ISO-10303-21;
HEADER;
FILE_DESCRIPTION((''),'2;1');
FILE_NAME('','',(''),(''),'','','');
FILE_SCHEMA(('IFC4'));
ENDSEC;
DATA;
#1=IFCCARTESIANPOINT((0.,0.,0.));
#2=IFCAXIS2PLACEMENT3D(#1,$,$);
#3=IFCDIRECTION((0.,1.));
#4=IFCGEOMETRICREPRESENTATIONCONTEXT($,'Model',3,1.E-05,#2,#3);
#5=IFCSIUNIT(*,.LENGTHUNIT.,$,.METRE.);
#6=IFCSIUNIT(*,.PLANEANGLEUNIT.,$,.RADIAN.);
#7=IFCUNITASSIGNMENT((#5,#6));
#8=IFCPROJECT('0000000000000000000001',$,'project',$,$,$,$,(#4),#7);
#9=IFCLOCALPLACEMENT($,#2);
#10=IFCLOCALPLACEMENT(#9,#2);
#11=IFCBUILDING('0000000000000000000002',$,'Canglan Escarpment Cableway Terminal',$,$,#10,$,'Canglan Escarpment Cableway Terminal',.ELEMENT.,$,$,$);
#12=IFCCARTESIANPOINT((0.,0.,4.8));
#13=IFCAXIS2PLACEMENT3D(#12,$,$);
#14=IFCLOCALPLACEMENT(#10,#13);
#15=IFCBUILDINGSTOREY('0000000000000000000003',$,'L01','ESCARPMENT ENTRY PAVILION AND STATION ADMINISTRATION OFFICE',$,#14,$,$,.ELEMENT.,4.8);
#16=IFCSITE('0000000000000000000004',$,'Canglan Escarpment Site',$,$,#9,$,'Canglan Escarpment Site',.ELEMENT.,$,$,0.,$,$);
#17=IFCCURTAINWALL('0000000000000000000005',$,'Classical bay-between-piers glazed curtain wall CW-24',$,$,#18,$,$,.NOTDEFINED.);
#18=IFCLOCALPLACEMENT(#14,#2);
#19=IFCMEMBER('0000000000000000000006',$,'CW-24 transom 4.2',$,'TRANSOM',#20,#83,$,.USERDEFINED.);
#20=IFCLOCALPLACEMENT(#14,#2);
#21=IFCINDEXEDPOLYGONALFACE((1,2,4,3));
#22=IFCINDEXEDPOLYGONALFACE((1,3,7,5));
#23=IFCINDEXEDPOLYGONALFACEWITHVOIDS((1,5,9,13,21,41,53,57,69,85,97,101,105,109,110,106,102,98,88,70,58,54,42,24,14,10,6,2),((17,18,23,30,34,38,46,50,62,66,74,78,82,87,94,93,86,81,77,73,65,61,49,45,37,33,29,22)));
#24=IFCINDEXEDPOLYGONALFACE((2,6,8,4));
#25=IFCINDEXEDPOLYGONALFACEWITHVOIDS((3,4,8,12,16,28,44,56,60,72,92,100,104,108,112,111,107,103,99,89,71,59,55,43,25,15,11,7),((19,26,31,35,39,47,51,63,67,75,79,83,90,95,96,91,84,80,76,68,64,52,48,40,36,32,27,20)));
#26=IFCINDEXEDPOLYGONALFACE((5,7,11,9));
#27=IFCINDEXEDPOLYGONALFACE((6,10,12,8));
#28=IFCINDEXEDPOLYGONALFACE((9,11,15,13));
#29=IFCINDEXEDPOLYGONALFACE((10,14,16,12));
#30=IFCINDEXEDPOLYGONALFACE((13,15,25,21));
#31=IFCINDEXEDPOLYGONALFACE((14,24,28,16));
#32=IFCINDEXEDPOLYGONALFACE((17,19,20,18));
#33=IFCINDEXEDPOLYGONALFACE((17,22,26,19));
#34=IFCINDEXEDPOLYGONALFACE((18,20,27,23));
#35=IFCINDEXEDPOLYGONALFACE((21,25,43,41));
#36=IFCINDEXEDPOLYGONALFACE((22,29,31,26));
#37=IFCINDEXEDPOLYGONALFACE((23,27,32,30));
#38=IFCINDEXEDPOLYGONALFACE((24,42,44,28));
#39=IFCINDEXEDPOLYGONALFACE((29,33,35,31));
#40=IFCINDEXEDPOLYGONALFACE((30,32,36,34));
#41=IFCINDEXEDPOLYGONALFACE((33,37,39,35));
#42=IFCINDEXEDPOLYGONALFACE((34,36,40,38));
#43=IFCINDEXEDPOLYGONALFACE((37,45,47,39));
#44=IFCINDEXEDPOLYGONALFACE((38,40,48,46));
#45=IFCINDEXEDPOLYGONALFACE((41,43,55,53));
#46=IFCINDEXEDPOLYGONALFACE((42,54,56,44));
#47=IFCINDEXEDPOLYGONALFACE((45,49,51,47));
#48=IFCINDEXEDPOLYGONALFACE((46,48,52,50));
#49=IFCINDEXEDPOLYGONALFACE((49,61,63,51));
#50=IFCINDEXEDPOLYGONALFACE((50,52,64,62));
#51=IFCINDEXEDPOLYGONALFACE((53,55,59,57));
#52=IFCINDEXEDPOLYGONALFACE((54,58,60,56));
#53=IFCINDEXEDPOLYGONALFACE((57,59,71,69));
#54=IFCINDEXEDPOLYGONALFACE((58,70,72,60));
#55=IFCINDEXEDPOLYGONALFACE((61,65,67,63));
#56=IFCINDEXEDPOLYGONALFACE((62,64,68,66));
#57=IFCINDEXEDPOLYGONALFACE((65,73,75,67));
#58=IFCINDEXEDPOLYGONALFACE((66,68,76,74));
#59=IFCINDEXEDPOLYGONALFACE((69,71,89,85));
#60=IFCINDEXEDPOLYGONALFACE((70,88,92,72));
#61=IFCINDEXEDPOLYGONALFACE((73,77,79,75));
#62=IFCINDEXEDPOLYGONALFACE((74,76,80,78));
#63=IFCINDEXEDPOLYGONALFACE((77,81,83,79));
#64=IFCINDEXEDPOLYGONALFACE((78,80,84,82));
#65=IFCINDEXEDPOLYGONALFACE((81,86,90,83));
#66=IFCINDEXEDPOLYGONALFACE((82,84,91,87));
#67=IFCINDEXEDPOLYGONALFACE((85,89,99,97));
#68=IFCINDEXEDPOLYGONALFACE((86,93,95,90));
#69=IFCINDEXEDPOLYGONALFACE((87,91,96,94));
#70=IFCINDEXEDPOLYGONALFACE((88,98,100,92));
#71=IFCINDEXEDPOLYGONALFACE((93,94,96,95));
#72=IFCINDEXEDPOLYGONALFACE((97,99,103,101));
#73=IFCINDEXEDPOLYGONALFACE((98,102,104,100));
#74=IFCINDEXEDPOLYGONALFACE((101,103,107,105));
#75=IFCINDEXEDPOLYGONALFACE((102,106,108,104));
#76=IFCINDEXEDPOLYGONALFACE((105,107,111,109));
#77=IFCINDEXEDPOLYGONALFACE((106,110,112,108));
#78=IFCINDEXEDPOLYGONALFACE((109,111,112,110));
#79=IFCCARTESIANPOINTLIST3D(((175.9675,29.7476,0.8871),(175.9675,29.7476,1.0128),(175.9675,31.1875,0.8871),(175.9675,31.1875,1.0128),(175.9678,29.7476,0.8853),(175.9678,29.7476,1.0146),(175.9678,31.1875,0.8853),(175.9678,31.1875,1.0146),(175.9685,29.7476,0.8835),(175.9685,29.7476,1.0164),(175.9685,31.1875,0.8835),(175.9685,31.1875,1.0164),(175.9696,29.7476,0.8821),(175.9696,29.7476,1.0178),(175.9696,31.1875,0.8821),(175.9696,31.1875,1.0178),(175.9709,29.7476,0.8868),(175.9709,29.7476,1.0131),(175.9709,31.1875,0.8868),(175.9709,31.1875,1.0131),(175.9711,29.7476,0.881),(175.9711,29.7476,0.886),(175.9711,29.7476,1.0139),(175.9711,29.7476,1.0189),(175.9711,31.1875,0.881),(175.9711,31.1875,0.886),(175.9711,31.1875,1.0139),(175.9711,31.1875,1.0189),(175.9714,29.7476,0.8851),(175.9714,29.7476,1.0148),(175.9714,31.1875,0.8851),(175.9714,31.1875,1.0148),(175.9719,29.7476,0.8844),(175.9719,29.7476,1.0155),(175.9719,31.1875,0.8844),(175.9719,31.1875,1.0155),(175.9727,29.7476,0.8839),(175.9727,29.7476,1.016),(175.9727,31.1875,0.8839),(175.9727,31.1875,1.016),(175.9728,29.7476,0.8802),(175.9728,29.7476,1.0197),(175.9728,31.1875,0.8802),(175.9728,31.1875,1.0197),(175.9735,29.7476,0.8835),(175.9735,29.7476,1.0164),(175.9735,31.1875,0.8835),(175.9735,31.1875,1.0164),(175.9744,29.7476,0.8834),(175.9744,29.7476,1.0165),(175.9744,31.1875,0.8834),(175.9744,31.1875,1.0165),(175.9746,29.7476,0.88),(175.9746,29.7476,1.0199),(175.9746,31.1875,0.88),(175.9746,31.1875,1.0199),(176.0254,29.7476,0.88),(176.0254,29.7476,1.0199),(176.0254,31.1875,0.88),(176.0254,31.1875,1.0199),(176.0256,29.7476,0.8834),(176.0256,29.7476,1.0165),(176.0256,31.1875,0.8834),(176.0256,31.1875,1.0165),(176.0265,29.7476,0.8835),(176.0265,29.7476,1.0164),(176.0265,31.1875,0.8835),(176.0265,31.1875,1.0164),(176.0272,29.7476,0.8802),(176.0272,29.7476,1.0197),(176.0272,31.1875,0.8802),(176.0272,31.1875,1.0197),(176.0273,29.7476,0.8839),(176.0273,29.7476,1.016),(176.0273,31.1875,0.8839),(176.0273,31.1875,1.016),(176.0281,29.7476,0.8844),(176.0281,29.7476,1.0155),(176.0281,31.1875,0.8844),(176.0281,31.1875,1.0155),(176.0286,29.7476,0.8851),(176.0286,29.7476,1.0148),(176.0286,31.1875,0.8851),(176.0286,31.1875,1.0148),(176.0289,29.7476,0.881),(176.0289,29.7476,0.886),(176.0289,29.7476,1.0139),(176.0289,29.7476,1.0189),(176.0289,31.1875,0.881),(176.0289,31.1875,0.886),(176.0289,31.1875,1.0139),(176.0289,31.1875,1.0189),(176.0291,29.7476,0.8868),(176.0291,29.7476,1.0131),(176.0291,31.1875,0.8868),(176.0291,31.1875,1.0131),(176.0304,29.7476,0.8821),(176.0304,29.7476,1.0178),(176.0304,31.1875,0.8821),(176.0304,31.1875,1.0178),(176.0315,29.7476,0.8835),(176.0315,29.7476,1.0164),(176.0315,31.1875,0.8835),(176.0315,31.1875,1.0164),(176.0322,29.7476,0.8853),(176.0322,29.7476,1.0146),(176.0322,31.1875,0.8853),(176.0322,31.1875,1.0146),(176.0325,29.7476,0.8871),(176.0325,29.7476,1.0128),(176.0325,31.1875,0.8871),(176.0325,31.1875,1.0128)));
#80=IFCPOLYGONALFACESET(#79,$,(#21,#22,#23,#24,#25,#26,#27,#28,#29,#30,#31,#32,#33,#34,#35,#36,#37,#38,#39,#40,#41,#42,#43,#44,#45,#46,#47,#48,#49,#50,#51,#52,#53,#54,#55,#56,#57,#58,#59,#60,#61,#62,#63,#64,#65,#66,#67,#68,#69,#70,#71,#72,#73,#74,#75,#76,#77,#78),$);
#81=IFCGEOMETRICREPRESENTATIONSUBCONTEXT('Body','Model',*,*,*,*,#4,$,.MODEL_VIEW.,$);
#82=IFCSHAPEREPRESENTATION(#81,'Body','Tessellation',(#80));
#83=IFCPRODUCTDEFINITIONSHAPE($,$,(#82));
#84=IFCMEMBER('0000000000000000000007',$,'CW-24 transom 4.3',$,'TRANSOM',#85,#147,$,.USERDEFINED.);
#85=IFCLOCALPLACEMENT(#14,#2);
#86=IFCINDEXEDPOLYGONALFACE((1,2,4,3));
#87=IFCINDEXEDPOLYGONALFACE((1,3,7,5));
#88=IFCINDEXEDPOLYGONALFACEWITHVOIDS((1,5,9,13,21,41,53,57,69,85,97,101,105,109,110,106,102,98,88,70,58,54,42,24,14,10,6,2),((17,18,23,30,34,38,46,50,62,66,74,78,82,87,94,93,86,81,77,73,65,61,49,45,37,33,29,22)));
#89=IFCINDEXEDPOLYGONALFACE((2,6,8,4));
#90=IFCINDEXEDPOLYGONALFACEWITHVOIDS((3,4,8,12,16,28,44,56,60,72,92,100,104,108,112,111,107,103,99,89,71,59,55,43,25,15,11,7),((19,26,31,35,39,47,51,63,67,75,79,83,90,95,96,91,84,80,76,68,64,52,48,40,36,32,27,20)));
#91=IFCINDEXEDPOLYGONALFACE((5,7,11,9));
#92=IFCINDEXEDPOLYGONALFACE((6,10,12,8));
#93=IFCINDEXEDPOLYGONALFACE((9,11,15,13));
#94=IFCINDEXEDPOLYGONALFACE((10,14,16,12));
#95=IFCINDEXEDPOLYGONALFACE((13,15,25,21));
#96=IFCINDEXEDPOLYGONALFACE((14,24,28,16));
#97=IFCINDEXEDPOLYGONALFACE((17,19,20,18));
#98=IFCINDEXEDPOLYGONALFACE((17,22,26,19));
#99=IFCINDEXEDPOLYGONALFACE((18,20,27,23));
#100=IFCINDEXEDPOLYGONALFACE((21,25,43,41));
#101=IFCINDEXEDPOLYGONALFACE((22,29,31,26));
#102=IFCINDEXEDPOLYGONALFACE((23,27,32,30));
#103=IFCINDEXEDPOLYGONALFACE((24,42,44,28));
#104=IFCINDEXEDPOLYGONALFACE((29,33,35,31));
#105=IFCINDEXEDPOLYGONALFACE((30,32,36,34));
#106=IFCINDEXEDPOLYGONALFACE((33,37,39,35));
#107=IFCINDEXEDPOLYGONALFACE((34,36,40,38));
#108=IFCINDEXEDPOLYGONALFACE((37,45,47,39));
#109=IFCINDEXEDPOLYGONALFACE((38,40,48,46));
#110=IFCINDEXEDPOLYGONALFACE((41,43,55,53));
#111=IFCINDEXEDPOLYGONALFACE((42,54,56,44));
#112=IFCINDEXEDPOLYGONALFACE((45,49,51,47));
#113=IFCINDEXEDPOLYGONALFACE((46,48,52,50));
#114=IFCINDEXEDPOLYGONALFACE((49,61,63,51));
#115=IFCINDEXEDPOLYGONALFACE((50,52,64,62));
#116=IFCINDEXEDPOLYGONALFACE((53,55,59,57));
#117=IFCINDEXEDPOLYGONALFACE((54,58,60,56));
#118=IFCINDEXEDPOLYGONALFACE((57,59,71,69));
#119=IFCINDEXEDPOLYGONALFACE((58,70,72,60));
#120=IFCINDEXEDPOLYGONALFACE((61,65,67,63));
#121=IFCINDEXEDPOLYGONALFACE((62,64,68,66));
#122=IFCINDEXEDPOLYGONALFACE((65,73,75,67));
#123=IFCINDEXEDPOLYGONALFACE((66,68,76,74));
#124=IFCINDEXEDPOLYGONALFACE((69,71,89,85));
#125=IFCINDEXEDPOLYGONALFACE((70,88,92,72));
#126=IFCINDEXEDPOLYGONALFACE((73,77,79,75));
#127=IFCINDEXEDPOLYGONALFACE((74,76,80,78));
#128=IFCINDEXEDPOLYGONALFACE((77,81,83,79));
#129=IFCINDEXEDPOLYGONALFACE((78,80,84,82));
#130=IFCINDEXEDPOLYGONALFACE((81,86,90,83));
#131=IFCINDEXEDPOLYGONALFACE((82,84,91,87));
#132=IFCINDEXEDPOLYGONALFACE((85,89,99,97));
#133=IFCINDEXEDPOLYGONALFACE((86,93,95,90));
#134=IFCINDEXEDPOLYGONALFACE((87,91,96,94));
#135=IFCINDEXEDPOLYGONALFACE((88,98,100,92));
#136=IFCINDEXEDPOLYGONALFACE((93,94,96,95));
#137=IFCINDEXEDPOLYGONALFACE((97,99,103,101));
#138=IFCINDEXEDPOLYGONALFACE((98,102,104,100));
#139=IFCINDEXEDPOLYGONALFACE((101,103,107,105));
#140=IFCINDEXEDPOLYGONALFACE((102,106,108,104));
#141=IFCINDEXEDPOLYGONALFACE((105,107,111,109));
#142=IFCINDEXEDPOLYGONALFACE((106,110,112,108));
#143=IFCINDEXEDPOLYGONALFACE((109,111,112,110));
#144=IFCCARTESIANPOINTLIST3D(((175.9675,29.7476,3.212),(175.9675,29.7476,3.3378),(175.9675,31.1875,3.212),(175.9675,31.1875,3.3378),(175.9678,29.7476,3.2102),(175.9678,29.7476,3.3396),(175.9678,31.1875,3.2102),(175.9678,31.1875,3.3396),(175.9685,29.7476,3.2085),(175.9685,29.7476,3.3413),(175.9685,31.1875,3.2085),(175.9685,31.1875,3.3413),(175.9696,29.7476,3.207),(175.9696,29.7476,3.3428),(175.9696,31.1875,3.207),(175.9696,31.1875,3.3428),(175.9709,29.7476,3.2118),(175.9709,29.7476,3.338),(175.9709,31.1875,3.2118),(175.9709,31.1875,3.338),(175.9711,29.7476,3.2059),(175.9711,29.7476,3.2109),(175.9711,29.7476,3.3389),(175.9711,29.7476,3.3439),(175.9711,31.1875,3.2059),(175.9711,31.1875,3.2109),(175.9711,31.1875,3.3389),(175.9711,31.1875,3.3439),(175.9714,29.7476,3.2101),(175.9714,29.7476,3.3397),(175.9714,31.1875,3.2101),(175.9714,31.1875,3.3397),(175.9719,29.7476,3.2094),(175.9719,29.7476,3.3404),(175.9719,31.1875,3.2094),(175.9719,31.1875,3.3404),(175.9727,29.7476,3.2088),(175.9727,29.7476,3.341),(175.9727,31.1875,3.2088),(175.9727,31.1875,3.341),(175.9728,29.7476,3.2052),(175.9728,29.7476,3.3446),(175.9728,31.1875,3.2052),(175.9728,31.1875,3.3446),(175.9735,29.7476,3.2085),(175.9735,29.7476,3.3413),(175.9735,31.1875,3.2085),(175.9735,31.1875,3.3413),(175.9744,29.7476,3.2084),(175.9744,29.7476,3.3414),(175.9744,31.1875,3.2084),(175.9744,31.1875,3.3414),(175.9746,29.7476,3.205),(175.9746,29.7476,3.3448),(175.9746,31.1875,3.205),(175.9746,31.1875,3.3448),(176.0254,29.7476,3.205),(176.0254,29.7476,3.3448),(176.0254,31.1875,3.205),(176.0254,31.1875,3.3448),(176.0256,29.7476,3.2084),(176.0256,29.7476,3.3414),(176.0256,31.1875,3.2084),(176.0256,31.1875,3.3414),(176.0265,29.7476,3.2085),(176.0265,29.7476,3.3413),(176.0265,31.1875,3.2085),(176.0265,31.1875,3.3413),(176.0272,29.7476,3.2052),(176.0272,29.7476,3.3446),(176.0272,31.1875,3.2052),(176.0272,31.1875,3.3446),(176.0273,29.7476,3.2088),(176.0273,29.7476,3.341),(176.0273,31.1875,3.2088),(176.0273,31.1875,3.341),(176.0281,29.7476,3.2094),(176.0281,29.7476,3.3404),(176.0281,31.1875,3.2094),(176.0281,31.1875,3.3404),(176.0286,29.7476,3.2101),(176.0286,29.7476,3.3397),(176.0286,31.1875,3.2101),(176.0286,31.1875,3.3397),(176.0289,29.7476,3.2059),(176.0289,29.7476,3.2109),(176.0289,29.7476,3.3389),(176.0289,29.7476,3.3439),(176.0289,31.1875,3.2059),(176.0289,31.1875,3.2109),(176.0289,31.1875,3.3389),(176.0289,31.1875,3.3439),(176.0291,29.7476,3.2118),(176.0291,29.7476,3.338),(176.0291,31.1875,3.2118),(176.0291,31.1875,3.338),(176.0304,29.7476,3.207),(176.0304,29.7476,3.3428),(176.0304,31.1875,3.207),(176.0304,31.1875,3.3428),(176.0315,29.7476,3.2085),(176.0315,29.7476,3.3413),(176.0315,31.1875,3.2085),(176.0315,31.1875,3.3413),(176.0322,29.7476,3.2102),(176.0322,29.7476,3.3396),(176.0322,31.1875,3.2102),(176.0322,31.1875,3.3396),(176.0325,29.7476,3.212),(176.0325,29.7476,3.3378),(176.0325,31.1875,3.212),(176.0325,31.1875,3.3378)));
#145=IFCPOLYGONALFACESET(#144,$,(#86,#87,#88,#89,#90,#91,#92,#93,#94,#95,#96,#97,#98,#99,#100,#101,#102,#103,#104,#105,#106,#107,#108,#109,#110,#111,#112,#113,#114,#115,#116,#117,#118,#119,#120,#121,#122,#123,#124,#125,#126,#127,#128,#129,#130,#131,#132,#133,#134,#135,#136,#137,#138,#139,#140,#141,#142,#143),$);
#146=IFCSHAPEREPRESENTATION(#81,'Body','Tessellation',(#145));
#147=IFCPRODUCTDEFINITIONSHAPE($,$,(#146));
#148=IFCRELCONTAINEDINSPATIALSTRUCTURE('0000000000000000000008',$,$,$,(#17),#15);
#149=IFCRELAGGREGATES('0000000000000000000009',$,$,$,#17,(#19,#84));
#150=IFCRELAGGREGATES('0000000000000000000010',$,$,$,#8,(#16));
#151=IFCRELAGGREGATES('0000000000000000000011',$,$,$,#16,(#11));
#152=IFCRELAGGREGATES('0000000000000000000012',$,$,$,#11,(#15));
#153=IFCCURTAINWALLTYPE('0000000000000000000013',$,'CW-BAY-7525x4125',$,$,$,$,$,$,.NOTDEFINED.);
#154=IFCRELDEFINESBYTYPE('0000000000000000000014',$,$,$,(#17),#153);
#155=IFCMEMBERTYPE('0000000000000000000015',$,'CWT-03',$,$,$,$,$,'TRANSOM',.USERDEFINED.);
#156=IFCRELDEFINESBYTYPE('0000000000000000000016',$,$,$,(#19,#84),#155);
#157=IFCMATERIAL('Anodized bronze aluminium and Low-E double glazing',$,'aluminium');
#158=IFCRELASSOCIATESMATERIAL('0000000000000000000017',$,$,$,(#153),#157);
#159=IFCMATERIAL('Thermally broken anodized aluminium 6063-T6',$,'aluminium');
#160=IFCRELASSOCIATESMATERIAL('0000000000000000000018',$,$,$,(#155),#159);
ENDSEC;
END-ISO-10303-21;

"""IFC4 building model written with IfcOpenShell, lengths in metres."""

from ifc_helpers import new_model, si_unit, direction, frame, origin, origin_2d, place, context, subcontext, project, spatial, hollow_rectangle, extrude, material, material_profile, profile_set, type_object, element, aggregate, save


model = new_model("IFC4")

# Units and contexts
model_context = context("Model", 3, precision=1e-05, world=origin(), true_north=direction((0.0, 1.0)))
body_context = subcontext(model_context, "Body", "Model", "MODEL_VIEW")
ifc_project = project(units=[si_unit("LENGTHUNIT", "METRE"), si_unit("PLANEANGLEUNIT", "RADIAN")], contexts=[model_context])

# Site, building, storey
site_placement = place(None, origin())
site = spatial("IfcSite", under=ifc_project, at=site_placement, Name="Canglan Escarpment Site", LongName="Canglan Escarpment Site", CompositionType="ELEMENT", RefElevation=0.0)
building_placement = place(site_placement, origin())
building = spatial("IfcBuilding", under=site, at=building_placement, Name="Canglan Escarpment Cableway Terminal", LongName="Canglan Escarpment Cableway Terminal", CompositionType="ELEMENT")
storey_placement = place(building_placement, frame((0.0, 0.0, 4.8)))
storey = spatial("IfcBuildingStorey", under=building, at=storey_placement, Name="L01", Description="ESCARPMENT ENTRY PAVILION AND STATION ADMINISTRATION OFFICE", CompositionType="ELEMENT", Elevation=4.8)

# Curtain wall, members
ifc_material_1 = material(Name="Anodized bronze aluminium and Low-E double glazing", Category="aluminium")
curtain_wall_type = type_object("IfcCurtainWallType", Name="CW-BAY-7525x4125", PredefinedType="NOTDEFINED", material=ifc_material_1)
curtain_wall_placement = place(storey_placement, origin())
curtain_wall = element("IfcCurtainWall", 1, at=curtain_wall_placement, inside=storey, type_object=curtain_wall_type, Name="Classical bay-between-piers glazed curtain wall CW-24", PredefinedType="NOTDEFINED")
ifc_material_2 = material(Name="Thermally broken anodized aluminium 6063-T6", Category="aluminium")
ifc_material_profile = material_profile(ifc_material_2, hollow_rectangle(XDim=0.0649, YDim=0.1399, WallThickness=0.0034, InnerFilletRadius=0.0034, OuterFilletRadius=0.0071, at=origin_2d()), Name="ALU-TRAN 65x140x3.5")
ifc_profile_set = profile_set([ifc_material_profile], Name="Thermally broken anodized aluminium 6063-T6")
member_type = type_object("IfcMemberType", Name="CWT-03", ElementType="TRANSOM", PredefinedType="USERDEFINED", material=ifc_profile_set)
member_1_placement = place(storey_placement, frame((176.0, 29.7476, 0.95), z_axis=(0.0, 1.0, 0.0), x_axis=(-1.0, 0.0, 0.0)))
member_1 = element("IfcMember", 2, at=member_1_placement, type_object=member_type, Name="CW-24 transom 4.2", ObjectType="TRANSOM", PredefinedType="USERDEFINED", context=body_context, shape_type="SweptSolid", body=[
    extrude(hollow_rectangle(XDim=0.0649, YDim=0.1399, WallThickness=0.0034, InnerFilletRadius=0.0034, OuterFilletRadius=0.0071, at=origin_2d()), origin(), (0.0, 0.0, 1.0), 1.4399),
])
member_2_placement = place(storey_placement, frame((176.0, 29.7476, 3.2749), z_axis=(0.0, 1.0, 0.0), x_axis=(-1.0, 0.0, 0.0)))
member_2 = element("IfcMember", 3, at=member_2_placement, type_object=member_type, Name="CW-24 transom 4.3", ObjectType="TRANSOM", PredefinedType="USERDEFINED", context=body_context, shape_type="SweptSolid", body=[
    extrude(hollow_rectangle(XDim=0.0649, YDim=0.1399, WallThickness=0.0034, InnerFilletRadius=0.0034, OuterFilletRadius=0.0071, at=origin_2d()), origin(), (0.0, 0.0, 1.0), 1.4399),
])
aggregate(curtain_wall, [member_1, member_2])

save(model, "model.ifc")
